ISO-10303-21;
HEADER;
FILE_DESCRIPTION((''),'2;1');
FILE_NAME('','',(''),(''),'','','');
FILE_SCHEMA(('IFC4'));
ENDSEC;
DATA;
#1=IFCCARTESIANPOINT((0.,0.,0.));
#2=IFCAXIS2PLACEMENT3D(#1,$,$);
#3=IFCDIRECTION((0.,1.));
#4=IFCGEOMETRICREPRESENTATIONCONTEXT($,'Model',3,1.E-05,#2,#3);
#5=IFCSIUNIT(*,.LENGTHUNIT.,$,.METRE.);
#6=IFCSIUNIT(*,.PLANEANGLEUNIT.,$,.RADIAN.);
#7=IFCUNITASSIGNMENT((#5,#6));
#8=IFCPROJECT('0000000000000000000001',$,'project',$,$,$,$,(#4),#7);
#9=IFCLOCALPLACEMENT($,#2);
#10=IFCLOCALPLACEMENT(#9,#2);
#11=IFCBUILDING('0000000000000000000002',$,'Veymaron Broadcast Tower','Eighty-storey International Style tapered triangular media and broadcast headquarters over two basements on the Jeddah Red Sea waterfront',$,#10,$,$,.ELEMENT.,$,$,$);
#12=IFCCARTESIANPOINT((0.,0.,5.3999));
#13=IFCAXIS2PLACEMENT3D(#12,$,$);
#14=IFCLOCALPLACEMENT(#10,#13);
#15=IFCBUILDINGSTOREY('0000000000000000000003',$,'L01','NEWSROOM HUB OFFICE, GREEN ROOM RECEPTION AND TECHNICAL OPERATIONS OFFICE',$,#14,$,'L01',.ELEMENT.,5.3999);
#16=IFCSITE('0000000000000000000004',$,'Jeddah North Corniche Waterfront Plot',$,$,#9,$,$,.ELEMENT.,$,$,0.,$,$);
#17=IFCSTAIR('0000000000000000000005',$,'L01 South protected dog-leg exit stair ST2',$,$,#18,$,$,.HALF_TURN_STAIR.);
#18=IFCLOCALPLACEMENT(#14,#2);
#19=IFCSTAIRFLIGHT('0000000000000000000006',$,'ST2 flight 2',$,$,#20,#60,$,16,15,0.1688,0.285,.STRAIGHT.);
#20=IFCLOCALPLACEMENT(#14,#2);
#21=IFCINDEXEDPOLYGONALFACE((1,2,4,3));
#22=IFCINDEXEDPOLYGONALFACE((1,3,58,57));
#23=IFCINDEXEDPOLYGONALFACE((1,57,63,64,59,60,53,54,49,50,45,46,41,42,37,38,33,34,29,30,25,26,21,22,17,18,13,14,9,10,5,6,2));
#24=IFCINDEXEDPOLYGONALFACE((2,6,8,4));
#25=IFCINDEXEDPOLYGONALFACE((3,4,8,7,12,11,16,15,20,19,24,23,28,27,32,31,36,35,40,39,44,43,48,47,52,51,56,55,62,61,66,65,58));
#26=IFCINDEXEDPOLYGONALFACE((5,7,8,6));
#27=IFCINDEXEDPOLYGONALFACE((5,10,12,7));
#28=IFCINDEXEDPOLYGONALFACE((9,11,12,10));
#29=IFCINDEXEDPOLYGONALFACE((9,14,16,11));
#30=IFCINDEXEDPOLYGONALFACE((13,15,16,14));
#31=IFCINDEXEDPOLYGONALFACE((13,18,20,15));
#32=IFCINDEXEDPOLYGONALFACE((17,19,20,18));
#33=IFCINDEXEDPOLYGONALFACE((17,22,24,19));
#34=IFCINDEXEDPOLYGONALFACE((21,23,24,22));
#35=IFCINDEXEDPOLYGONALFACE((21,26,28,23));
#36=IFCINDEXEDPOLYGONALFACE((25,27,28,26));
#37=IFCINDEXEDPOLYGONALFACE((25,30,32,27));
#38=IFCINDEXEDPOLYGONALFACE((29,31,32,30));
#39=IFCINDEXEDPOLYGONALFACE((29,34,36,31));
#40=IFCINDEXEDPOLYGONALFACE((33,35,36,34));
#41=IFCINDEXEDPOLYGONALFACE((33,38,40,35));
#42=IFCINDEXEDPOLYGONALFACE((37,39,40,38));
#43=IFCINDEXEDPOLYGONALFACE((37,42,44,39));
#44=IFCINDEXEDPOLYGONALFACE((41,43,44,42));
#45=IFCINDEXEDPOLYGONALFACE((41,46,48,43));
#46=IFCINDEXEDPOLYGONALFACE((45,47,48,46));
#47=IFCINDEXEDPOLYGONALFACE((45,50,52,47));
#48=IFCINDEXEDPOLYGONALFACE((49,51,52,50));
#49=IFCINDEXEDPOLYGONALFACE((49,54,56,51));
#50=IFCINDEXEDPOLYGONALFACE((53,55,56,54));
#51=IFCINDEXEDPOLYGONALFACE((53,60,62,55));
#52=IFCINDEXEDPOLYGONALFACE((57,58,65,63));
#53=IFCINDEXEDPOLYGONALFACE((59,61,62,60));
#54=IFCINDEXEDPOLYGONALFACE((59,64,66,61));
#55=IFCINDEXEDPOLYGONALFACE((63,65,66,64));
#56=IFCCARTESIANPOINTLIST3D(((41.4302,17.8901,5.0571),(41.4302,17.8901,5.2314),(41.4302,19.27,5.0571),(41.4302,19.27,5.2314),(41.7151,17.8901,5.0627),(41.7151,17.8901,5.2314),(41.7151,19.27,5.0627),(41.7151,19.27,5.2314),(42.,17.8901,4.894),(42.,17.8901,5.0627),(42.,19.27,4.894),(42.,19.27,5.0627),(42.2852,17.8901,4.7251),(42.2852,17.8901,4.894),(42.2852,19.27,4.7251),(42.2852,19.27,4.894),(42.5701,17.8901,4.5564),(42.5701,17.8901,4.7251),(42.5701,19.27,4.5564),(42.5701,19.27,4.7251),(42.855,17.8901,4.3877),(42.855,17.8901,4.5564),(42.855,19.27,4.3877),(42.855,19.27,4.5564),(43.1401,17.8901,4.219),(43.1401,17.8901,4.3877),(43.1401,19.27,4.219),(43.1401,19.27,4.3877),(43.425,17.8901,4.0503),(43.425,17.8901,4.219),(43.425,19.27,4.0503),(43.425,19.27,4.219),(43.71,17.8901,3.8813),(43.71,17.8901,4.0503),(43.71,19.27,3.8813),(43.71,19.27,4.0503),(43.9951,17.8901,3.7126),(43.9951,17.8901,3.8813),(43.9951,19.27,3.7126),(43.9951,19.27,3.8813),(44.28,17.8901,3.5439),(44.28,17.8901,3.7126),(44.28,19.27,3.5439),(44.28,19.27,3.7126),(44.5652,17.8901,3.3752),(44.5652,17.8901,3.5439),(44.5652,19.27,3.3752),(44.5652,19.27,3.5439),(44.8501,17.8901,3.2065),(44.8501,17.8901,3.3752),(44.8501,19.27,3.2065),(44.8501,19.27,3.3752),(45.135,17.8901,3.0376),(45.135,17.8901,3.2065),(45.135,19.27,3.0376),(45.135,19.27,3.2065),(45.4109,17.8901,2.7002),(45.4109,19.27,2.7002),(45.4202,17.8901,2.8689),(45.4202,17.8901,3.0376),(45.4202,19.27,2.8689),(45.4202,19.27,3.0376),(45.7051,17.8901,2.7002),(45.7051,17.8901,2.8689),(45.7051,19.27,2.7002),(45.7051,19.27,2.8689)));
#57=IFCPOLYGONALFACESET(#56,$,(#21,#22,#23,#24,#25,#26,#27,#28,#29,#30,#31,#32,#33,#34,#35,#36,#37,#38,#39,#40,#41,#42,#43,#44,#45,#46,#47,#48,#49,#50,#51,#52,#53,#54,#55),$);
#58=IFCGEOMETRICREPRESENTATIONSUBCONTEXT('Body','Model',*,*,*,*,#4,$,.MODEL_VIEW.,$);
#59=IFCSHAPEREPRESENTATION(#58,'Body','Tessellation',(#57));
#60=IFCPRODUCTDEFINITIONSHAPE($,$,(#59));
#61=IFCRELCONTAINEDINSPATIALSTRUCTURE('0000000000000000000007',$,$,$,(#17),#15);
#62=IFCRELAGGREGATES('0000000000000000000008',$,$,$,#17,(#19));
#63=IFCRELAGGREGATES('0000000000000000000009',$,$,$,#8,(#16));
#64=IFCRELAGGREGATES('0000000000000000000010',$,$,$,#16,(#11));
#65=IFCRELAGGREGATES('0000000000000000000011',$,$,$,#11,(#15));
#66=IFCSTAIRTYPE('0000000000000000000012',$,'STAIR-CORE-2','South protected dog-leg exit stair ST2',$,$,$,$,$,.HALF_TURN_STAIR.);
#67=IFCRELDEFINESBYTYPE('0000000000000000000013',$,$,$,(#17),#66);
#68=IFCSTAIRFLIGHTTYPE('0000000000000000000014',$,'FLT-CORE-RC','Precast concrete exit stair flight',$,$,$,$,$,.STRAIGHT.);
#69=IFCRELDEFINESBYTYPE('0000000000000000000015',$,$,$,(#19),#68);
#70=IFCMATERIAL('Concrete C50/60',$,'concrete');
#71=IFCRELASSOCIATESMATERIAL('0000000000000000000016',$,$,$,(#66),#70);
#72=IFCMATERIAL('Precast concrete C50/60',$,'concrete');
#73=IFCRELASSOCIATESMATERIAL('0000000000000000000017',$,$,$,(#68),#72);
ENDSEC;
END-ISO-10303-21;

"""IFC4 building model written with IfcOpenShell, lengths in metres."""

from ifc_helpers import new_model, si_unit, direction, frame, origin, place, context, subcontext, project, spatial, polyline, outline, extrude, material, type_object, element, aggregate, save


model = new_model("IFC4")

# Units and contexts
model_context = context("Model", 3, precision=1e-05, world=origin(), true_north=direction((0.0, 1.0)))
body_context = subcontext(model_context, "Body", "Model", "MODEL_VIEW")
ifc_project = project(units=[si_unit("LENGTHUNIT", "METRE"), si_unit("PLANEANGLEUNIT", "RADIAN")], contexts=[model_context])

# Site, building, storey
site_placement = place(None, origin())
site = spatial("IfcSite", under=ifc_project, at=site_placement, Name="Jeddah North Corniche Waterfront Plot", CompositionType="ELEMENT", RefElevation=0.0)
building_placement = place(site_placement, origin())
building = spatial("IfcBuilding", under=site, at=building_placement, Name="Veymaron Broadcast Tower", Description="Eighty-storey International Style tapered triangular media and broadcast headquarters over two basements on the Jeddah Red Sea waterfront", CompositionType="ELEMENT")
storey_placement = place(building_placement, frame((0.0, 0.0, 5.3999)))
storey = spatial("IfcBuildingStorey", under=building, at=storey_placement, Name="L01", Description="NEWSROOM HUB OFFICE, GREEN ROOM RECEPTION AND TECHNICAL OPERATIONS OFFICE", LongName="L01", CompositionType="ELEMENT", Elevation=5.3999)

# Shared definitions
ifc_material_1 = material(Name="Concrete C50/60", Category="concrete")

# Stair, stair flight
stair_type = type_object("IfcStairType", Name="STAIR-CORE-2", Description="South protected dog-leg exit stair ST2", PredefinedType="HALF_TURN_STAIR", material=ifc_material_1)
stair_placement = place(storey_placement, origin())
stair = element("IfcStair", 1, at=stair_placement, inside=storey, type_object=stair_type, Name="L01 South protected dog-leg exit stair ST2", PredefinedType="HALF_TURN_STAIR")
ifc_material_2 = material(Name="Precast concrete C50/60", Category="concrete")
stair_flight_type = type_object("IfcStairFlightType", Name="FLT-CORE-RC", Description="Precast concrete exit stair flight", PredefinedType="STRAIGHT", material=ifc_material_2)
stair_flight_1_placement = place(storey_placement, frame((45.7051, 18.5801, 2.7002), z_axis=(0.0, 0.0, 1.0), x_axis=(-1.0, 0.0, 0.0)))
stair_flight_1 = element("IfcStairFlight", 2, at=stair_flight_1_placement, type_object=stair_flight_type, Name="ST2 flight 2", NumberOfRisers=16, NumberOfTreads=15, PredefinedType="STRAIGHT", RiserHeight=0.1688, TreadLength=0.285, context=body_context, shape_type="SweptSolid", body=[
    extrude(outline(polyline([(0.0, 0.0), (0.0, 0.1687), (0.2849, 0.1687), (0.2849, 0.3374), (0.5701, 0.3374), (0.5701, 0.5063), (0.855, 0.5063), (0.855, 0.675), (1.1399, 0.675), (1.1399, 0.8438), (1.425, 0.8438), (1.425, 1.0125), (1.71, 1.0125), (1.71, 1.1812), (1.9951, 1.1812), (1.9951, 1.3501), (2.28, 1.3501), (2.28, 1.5188), (2.5649, 1.5188), (2.5649, 1.6875), (2.8501, 1.6875), (2.8501, 1.8562), (3.135, 1.8562), (3.135, 2.0249), (3.4199, 2.0249), (3.4199, 2.1938), (3.7051, 2.1938), (3.7051, 2.3625), (3.99, 2.3625), (3.99, 2.5312), (4.2749, 2.5312), (4.2749, 2.7), (4.2749, 2.3569), (0.2942, 0.0), (0.0, 0.0)])), frame((0.0, 0.6899, 0.0), z_axis=(0.0, -1.0, 0.0), x_axis=(1.0, 0.0, 0.0)), (0.0, 0.0, 1.0), 1.3799),
])
aggregate(stair, [stair_flight_1])

save(model, "model.ifc")
